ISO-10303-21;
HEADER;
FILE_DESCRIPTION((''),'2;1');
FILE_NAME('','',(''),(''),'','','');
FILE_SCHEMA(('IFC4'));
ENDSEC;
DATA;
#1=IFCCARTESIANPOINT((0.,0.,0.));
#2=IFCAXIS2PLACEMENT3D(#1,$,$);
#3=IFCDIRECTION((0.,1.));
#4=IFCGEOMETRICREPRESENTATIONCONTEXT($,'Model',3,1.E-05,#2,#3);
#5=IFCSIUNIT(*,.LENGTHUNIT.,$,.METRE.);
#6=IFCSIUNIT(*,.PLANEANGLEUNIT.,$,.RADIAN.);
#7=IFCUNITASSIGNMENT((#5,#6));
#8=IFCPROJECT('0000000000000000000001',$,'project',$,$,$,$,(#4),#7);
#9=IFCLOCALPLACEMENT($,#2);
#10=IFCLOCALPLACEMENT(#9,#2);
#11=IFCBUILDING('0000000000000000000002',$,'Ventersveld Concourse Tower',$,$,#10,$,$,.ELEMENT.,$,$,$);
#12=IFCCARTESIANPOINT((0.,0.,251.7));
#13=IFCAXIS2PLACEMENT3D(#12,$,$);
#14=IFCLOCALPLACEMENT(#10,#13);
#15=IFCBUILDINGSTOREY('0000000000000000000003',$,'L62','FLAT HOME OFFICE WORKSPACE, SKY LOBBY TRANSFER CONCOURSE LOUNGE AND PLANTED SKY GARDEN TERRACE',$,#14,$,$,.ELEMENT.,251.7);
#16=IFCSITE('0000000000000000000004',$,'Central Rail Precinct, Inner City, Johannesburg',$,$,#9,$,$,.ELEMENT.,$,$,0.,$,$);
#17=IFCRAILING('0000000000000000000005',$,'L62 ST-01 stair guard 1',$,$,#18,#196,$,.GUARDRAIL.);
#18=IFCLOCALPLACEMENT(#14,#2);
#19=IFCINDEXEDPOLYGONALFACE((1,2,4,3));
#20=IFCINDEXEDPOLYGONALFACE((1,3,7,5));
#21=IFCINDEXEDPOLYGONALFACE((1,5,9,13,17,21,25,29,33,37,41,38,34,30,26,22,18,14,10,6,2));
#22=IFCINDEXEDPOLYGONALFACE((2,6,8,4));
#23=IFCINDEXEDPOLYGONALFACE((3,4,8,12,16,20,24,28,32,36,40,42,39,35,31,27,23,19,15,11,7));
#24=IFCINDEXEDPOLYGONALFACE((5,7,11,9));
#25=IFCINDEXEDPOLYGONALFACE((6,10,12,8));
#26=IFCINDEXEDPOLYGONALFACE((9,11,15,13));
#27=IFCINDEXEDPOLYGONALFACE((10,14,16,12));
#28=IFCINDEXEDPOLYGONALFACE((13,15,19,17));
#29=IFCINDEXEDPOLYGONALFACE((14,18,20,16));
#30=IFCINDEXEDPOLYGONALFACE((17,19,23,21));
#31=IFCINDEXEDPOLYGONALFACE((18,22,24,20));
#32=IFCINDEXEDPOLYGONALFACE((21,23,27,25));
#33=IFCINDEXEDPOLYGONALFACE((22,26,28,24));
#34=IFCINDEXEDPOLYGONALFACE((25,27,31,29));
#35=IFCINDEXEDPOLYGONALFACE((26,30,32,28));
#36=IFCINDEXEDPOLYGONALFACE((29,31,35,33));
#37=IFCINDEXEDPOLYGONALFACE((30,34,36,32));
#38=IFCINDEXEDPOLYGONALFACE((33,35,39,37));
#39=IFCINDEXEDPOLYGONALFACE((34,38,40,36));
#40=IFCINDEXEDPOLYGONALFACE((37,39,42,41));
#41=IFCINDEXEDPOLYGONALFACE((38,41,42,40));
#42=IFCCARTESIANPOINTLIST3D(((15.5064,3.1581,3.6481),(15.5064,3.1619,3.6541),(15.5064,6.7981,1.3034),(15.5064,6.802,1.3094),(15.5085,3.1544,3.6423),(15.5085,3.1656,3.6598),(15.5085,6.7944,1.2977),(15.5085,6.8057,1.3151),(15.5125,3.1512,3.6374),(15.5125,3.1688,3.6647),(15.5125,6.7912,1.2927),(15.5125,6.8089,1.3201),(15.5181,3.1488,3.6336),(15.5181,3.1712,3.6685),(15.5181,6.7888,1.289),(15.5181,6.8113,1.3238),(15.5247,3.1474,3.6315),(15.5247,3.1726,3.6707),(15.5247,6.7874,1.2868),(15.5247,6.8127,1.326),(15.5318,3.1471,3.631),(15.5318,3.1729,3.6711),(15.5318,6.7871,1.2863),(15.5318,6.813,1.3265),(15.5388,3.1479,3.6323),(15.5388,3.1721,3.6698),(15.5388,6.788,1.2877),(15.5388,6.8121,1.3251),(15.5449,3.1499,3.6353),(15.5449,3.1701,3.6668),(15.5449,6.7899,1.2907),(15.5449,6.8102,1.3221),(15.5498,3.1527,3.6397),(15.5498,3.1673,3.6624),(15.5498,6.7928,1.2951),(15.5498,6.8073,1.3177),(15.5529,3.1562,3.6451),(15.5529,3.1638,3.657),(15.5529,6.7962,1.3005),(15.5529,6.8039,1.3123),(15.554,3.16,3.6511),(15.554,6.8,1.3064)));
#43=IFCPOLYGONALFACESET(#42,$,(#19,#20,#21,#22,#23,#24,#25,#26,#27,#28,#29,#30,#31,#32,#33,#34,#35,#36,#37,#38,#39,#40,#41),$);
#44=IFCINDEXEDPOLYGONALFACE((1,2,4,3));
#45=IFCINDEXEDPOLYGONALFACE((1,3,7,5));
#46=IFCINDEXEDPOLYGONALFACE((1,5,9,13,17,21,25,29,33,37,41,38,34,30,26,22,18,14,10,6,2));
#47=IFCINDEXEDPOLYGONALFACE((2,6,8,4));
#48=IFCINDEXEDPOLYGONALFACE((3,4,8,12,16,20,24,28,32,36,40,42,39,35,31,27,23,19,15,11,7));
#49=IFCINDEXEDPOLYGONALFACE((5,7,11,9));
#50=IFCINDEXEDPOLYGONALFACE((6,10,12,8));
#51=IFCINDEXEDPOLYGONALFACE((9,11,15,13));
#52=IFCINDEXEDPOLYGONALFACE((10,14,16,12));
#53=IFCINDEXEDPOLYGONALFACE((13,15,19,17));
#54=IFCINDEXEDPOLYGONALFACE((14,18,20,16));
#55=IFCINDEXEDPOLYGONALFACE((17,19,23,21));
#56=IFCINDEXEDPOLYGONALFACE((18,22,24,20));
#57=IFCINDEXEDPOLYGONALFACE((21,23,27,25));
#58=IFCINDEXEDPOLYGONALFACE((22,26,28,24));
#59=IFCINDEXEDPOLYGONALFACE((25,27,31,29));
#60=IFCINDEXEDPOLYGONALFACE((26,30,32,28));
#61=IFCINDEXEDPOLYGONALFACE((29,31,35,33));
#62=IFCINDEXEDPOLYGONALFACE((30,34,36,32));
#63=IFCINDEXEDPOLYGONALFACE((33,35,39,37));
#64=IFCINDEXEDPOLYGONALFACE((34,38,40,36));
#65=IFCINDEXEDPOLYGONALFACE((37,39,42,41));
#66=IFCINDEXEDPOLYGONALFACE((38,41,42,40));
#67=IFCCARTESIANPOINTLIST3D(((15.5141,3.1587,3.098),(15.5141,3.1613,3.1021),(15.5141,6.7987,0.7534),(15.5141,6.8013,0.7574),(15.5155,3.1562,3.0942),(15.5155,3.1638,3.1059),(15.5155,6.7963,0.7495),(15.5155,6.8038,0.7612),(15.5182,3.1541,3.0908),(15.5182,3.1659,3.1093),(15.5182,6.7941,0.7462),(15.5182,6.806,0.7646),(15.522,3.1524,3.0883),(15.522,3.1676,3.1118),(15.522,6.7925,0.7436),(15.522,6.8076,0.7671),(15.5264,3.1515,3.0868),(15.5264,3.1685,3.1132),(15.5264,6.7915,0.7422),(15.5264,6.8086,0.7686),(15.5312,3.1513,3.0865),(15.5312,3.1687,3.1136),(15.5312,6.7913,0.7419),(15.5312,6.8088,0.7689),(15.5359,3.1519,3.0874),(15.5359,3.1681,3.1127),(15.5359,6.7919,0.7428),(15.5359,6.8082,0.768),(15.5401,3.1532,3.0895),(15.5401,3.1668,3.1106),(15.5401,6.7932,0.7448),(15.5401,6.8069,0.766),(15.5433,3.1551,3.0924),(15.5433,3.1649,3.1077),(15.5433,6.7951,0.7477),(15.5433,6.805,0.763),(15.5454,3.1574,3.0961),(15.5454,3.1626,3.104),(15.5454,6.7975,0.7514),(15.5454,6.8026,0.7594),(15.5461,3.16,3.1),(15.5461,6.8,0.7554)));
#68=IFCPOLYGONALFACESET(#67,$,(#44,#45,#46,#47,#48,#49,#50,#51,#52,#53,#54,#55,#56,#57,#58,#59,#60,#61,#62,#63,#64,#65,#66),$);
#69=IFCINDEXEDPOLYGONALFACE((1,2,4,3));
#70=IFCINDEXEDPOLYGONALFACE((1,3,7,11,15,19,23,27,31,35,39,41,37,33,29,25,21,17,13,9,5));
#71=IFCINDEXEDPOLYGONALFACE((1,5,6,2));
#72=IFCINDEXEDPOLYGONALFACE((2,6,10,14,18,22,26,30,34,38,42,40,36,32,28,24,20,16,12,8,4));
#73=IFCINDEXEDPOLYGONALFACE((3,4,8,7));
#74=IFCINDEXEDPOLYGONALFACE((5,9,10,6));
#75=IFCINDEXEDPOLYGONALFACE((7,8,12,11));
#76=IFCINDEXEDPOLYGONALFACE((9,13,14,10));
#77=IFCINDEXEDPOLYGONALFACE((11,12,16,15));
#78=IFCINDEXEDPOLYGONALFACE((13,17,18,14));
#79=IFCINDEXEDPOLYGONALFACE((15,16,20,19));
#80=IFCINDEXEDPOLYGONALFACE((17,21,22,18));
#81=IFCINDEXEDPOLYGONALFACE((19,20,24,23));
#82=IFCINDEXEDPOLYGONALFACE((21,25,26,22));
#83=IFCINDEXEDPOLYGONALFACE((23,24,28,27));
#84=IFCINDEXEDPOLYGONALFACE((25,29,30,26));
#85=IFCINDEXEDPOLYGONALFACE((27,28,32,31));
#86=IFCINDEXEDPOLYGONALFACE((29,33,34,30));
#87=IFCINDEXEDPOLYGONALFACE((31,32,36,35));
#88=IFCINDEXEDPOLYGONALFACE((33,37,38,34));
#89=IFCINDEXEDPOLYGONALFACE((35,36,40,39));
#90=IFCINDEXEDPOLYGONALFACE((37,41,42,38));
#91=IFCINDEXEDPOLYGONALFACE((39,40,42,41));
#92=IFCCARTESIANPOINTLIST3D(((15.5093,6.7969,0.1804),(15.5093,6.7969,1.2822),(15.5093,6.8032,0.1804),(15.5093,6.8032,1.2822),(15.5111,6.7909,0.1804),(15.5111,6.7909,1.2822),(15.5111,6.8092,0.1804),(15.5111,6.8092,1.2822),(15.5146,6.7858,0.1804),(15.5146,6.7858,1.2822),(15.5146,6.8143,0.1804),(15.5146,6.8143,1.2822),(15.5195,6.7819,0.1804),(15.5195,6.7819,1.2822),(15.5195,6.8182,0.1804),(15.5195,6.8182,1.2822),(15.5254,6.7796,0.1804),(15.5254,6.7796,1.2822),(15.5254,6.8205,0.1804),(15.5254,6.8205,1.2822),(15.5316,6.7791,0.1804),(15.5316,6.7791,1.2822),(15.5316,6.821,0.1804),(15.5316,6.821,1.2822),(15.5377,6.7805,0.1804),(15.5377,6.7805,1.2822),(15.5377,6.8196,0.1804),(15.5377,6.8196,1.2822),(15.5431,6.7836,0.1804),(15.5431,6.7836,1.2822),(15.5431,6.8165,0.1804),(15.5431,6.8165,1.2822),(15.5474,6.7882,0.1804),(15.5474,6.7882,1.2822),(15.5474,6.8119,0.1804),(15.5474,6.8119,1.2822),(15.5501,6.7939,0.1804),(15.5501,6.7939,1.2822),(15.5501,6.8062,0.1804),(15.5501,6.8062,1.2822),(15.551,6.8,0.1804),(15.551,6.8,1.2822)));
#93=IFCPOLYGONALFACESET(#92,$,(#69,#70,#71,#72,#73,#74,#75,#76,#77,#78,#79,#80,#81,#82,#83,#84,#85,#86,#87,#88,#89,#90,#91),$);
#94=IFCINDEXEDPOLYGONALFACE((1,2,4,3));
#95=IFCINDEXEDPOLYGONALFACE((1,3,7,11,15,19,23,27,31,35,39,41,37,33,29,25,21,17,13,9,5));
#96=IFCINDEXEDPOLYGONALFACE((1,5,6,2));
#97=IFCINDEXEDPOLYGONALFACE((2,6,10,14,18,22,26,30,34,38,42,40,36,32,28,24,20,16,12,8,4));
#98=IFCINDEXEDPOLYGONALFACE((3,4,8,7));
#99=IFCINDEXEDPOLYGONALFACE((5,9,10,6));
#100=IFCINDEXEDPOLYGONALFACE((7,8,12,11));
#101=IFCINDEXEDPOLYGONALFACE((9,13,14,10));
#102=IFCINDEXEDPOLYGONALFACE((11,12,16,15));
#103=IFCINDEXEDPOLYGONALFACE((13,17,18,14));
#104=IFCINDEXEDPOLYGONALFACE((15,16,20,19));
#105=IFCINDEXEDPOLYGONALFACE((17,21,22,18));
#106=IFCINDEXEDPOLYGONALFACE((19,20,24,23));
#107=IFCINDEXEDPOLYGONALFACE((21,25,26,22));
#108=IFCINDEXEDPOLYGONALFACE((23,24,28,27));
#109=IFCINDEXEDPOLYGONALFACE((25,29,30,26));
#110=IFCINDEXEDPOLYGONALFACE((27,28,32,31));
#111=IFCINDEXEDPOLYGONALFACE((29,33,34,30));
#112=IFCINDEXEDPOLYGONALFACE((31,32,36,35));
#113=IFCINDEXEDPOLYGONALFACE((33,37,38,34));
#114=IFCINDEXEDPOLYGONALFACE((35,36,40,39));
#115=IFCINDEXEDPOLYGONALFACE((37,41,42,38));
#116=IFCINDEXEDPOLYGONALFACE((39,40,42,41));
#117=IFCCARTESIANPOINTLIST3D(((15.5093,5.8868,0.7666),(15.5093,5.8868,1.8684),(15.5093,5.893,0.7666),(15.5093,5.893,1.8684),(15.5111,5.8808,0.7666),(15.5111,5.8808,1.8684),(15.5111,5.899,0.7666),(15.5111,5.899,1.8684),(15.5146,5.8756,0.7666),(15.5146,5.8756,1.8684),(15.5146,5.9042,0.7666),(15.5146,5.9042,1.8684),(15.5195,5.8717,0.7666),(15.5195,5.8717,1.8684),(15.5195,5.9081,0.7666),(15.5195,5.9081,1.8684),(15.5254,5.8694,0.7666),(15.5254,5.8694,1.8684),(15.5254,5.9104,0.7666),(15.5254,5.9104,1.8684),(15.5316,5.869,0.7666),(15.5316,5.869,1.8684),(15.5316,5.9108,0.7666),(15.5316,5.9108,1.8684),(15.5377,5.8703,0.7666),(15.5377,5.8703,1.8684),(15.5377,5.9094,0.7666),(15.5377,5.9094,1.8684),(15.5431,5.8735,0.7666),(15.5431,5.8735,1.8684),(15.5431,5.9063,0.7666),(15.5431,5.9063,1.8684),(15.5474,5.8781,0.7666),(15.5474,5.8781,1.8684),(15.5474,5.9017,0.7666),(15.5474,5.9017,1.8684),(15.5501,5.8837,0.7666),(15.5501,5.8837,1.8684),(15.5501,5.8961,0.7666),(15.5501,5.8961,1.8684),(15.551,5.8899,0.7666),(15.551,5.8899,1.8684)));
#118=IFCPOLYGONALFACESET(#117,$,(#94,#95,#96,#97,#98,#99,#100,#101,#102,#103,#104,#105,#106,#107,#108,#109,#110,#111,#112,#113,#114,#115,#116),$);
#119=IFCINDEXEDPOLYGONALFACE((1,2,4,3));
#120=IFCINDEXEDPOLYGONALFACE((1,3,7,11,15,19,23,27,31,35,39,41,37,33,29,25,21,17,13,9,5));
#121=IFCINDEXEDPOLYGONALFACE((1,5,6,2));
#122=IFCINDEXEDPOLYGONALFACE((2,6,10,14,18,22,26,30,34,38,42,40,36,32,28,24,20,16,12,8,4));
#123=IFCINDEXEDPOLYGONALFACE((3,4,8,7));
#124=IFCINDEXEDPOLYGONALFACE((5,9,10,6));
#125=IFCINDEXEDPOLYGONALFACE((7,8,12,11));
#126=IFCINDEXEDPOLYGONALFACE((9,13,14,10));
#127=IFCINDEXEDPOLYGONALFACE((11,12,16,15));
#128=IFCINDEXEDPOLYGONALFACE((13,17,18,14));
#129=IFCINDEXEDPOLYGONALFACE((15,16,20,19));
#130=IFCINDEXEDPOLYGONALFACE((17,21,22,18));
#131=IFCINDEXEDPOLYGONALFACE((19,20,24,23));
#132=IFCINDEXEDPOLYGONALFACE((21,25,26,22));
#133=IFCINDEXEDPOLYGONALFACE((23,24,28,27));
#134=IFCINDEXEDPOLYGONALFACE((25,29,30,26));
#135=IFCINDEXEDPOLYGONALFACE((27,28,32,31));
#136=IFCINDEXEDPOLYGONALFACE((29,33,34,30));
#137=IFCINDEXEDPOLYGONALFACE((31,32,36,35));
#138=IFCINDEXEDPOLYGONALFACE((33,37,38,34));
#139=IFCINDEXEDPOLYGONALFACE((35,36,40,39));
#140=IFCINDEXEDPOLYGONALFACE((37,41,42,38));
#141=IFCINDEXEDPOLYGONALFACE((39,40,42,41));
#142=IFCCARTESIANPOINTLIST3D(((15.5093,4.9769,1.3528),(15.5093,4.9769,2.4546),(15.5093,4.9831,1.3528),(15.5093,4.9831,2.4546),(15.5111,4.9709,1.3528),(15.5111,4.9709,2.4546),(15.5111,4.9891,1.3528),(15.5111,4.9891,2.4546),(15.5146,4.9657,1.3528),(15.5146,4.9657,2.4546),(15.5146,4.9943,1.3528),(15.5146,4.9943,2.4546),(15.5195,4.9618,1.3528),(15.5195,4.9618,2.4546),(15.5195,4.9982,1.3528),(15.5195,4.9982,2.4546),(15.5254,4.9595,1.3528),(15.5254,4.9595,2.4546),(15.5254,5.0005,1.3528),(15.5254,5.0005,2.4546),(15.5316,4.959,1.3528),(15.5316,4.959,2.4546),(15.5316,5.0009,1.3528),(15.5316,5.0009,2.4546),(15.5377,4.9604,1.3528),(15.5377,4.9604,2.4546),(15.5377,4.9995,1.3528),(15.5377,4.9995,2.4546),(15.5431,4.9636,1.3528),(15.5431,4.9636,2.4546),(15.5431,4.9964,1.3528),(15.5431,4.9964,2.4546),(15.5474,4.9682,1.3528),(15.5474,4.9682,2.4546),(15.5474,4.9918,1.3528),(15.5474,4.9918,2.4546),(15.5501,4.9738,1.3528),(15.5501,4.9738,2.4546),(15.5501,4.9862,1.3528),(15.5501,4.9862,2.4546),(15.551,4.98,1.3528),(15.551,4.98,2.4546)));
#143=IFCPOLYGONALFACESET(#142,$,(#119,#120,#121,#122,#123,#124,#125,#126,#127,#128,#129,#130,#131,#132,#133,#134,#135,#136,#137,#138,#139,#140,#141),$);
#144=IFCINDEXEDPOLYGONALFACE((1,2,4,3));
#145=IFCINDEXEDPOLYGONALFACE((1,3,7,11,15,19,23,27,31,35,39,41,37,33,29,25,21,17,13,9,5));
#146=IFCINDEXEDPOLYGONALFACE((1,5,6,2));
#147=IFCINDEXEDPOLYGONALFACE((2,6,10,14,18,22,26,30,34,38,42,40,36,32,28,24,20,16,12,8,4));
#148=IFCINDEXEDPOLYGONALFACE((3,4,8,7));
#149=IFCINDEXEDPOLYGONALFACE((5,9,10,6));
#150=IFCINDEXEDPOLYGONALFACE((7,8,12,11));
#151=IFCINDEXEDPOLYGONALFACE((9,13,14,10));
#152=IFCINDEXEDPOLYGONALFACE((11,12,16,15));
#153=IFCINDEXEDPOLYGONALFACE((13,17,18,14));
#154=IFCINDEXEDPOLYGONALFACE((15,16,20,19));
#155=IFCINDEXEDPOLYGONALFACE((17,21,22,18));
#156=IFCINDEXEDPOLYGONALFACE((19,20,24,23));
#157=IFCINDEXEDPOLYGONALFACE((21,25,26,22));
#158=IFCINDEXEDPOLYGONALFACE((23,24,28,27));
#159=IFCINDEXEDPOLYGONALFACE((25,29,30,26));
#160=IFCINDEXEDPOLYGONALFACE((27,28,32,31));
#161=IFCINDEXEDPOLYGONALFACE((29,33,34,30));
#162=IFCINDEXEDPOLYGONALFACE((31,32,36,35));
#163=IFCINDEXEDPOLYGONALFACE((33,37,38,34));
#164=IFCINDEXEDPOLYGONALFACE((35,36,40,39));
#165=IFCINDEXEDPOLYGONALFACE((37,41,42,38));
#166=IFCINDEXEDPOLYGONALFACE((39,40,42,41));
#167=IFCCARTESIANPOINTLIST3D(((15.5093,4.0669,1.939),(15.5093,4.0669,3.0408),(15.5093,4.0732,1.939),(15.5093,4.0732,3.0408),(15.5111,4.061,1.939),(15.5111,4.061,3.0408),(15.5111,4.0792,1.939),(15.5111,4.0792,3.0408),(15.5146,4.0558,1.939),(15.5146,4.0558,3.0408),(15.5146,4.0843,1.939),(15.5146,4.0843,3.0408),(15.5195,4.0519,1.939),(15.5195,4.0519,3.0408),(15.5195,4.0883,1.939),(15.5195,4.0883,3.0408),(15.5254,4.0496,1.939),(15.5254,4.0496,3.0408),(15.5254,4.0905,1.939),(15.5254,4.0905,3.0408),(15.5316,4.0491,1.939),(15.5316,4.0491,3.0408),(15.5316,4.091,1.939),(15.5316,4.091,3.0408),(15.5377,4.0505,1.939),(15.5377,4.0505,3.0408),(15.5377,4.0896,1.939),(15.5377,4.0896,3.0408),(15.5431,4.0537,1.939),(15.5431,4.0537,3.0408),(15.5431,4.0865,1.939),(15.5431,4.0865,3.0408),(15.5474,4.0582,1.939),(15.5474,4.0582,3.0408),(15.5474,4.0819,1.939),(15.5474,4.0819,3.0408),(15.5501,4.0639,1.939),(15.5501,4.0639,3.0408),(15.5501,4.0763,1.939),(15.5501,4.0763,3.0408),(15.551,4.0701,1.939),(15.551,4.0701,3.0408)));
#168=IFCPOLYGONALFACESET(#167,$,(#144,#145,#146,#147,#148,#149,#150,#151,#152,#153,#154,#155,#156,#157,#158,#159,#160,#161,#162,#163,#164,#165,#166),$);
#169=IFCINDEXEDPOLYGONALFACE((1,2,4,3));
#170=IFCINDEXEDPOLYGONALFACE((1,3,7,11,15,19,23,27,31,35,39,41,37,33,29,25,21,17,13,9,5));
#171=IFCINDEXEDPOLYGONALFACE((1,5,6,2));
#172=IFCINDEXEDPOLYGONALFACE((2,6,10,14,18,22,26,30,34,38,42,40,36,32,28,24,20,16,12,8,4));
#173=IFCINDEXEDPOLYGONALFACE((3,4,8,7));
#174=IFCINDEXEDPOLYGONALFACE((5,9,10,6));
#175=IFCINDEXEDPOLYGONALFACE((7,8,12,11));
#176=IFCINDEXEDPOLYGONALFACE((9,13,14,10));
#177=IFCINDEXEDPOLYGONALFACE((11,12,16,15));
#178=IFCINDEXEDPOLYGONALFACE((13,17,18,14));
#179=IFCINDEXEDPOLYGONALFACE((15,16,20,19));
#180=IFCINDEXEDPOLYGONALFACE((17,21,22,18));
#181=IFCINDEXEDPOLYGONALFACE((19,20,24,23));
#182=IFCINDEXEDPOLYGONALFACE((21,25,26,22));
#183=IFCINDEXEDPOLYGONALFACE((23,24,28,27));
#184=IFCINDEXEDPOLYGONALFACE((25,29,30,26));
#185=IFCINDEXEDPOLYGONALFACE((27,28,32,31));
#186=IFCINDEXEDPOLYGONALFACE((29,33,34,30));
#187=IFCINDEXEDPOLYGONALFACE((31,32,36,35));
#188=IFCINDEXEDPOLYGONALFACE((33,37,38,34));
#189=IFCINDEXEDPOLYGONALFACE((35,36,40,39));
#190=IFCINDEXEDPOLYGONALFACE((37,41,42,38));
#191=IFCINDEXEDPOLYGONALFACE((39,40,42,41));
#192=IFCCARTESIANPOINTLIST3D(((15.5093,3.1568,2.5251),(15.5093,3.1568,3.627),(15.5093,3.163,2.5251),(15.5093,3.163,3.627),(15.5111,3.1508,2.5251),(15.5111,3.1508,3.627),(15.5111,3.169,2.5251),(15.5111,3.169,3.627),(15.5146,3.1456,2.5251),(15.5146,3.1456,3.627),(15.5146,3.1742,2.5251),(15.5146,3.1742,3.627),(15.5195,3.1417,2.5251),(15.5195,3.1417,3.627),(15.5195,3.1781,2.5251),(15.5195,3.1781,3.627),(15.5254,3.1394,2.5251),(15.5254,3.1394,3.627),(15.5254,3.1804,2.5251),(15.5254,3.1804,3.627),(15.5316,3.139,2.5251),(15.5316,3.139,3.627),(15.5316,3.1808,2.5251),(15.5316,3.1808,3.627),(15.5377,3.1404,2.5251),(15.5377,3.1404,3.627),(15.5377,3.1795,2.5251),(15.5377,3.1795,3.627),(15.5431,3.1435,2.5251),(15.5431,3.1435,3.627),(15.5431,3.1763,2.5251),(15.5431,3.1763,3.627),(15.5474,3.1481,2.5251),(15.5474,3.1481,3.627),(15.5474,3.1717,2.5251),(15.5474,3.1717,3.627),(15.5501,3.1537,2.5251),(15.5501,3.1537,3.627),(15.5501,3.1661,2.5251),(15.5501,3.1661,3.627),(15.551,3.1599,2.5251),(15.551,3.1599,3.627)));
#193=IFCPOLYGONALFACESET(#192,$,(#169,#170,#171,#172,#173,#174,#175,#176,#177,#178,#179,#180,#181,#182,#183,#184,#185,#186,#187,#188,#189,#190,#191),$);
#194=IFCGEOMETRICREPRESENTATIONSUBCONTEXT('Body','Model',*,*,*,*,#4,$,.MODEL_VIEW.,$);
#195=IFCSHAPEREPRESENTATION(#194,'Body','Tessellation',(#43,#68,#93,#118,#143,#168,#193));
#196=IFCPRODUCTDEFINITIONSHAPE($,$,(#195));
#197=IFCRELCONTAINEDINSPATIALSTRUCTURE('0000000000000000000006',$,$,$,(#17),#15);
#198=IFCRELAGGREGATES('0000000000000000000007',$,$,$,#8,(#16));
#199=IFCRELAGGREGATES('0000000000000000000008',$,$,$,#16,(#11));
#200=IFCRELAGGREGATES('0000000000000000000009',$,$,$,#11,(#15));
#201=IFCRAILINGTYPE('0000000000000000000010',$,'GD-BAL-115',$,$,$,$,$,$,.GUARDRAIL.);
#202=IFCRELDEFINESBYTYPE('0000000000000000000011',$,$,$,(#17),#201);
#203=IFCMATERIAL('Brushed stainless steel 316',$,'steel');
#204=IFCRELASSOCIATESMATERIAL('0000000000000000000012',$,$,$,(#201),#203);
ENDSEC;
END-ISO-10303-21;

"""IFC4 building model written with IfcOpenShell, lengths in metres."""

from ifc_helpers import new_model, si_unit, direction, frame, origin, origin_2d, place, context, subcontext, project, spatial, circle, extrude, material, type_object, element, save


model = new_model("IFC4")

# Units and contexts
model_context = context("Model", 3, precision=1e-05, world=origin(), true_north=direction((0.0, 1.0)))
body_context = subcontext(model_context, "Body", "Model", "MODEL_VIEW")
ifc_project = project(units=[si_unit("LENGTHUNIT", "METRE"), si_unit("PLANEANGLEUNIT", "RADIAN")], contexts=[model_context])

# Site, building, storey
site_placement = place(None, origin())
site = spatial("IfcSite", under=ifc_project, at=site_placement, Name="Central Rail Precinct, Inner City, Johannesburg", CompositionType="ELEMENT", RefElevation=0.0)
building_placement = place(site_placement, origin())
building = spatial("IfcBuilding", under=site, at=building_placement, Name="Ventersveld Concourse Tower", CompositionType="ELEMENT")
storey_placement = place(building_placement, frame((0.0, 0.0, 251.7)))
storey = spatial("IfcBuildingStorey", under=building, at=storey_placement, Name="L62", Description="FLAT HOME OFFICE WORKSPACE, SKY LOBBY TRANSFER CONCOURSE LOUNGE AND PLANTED SKY GARDEN TERRACE", CompositionType="ELEMENT", Elevation=251.7)

# Railing
ifc_material_1 = material(Name="Brushed stainless steel 316", Category="steel")
railing_type_1 = type_object("IfcRailingType", Name="GD-BAL-115", PredefinedType="GUARDRAIL", material=ifc_material_1)
railing_1_placement = place(storey_placement, frame((15.53, 6.8, 0.1804)))
element("IfcRailing", 1, at=railing_1_placement, inside=storey, type_object=railing_type_1, Name="L62 ST-01 stair guard 1", PredefinedType="GUARDRAIL", context=body_context, shape_type="SweptSolid", body=[
    extrude(circle(Radius=0.0239, at=origin_2d()), frame((0.0, 0.0, 1.126), z_axis=(0.0, -0.840691, 0.541515), x_axis=(1.0, 0.0, 0.0)), (0.0, 0.0, 1.0), 4.3298),
    extrude(circle(Radius=0.0161, at=origin_2d()), frame((0.0, 0.0, 0.575), z_axis=(0.0, -0.840691, 0.541515), x_axis=(1.0, 0.0, 0.0)), (0.0, 0.0, 1.0), 4.3298),
    extrude(circle(Radius=0.021, at=origin_2d()), origin(), (0.0, 0.0, 1.0), 1.1018),
    extrude(circle(Radius=0.021, at=origin_2d()), frame((0.0, -0.9102, 0.5862)), (0.0, 0.0, 1.0), 1.1018),
    extrude(circle(Radius=0.021, at=origin_2d()), frame((0.0, -1.8201, 1.1724)), (0.0, 0.0, 1.0), 1.1018),
    extrude(circle(Radius=0.021, at=origin_2d()), frame((0.0, -2.73, 1.7585)), (0.0, 0.0, 1.0), 1.1018),
    extrude(circle(Radius=0.021, at=origin_2d()), frame((0.0, -3.6401, 2.3447)), (0.0, 0.0, 1.0), 1.1018),
])

save(model, "model.ifc")
